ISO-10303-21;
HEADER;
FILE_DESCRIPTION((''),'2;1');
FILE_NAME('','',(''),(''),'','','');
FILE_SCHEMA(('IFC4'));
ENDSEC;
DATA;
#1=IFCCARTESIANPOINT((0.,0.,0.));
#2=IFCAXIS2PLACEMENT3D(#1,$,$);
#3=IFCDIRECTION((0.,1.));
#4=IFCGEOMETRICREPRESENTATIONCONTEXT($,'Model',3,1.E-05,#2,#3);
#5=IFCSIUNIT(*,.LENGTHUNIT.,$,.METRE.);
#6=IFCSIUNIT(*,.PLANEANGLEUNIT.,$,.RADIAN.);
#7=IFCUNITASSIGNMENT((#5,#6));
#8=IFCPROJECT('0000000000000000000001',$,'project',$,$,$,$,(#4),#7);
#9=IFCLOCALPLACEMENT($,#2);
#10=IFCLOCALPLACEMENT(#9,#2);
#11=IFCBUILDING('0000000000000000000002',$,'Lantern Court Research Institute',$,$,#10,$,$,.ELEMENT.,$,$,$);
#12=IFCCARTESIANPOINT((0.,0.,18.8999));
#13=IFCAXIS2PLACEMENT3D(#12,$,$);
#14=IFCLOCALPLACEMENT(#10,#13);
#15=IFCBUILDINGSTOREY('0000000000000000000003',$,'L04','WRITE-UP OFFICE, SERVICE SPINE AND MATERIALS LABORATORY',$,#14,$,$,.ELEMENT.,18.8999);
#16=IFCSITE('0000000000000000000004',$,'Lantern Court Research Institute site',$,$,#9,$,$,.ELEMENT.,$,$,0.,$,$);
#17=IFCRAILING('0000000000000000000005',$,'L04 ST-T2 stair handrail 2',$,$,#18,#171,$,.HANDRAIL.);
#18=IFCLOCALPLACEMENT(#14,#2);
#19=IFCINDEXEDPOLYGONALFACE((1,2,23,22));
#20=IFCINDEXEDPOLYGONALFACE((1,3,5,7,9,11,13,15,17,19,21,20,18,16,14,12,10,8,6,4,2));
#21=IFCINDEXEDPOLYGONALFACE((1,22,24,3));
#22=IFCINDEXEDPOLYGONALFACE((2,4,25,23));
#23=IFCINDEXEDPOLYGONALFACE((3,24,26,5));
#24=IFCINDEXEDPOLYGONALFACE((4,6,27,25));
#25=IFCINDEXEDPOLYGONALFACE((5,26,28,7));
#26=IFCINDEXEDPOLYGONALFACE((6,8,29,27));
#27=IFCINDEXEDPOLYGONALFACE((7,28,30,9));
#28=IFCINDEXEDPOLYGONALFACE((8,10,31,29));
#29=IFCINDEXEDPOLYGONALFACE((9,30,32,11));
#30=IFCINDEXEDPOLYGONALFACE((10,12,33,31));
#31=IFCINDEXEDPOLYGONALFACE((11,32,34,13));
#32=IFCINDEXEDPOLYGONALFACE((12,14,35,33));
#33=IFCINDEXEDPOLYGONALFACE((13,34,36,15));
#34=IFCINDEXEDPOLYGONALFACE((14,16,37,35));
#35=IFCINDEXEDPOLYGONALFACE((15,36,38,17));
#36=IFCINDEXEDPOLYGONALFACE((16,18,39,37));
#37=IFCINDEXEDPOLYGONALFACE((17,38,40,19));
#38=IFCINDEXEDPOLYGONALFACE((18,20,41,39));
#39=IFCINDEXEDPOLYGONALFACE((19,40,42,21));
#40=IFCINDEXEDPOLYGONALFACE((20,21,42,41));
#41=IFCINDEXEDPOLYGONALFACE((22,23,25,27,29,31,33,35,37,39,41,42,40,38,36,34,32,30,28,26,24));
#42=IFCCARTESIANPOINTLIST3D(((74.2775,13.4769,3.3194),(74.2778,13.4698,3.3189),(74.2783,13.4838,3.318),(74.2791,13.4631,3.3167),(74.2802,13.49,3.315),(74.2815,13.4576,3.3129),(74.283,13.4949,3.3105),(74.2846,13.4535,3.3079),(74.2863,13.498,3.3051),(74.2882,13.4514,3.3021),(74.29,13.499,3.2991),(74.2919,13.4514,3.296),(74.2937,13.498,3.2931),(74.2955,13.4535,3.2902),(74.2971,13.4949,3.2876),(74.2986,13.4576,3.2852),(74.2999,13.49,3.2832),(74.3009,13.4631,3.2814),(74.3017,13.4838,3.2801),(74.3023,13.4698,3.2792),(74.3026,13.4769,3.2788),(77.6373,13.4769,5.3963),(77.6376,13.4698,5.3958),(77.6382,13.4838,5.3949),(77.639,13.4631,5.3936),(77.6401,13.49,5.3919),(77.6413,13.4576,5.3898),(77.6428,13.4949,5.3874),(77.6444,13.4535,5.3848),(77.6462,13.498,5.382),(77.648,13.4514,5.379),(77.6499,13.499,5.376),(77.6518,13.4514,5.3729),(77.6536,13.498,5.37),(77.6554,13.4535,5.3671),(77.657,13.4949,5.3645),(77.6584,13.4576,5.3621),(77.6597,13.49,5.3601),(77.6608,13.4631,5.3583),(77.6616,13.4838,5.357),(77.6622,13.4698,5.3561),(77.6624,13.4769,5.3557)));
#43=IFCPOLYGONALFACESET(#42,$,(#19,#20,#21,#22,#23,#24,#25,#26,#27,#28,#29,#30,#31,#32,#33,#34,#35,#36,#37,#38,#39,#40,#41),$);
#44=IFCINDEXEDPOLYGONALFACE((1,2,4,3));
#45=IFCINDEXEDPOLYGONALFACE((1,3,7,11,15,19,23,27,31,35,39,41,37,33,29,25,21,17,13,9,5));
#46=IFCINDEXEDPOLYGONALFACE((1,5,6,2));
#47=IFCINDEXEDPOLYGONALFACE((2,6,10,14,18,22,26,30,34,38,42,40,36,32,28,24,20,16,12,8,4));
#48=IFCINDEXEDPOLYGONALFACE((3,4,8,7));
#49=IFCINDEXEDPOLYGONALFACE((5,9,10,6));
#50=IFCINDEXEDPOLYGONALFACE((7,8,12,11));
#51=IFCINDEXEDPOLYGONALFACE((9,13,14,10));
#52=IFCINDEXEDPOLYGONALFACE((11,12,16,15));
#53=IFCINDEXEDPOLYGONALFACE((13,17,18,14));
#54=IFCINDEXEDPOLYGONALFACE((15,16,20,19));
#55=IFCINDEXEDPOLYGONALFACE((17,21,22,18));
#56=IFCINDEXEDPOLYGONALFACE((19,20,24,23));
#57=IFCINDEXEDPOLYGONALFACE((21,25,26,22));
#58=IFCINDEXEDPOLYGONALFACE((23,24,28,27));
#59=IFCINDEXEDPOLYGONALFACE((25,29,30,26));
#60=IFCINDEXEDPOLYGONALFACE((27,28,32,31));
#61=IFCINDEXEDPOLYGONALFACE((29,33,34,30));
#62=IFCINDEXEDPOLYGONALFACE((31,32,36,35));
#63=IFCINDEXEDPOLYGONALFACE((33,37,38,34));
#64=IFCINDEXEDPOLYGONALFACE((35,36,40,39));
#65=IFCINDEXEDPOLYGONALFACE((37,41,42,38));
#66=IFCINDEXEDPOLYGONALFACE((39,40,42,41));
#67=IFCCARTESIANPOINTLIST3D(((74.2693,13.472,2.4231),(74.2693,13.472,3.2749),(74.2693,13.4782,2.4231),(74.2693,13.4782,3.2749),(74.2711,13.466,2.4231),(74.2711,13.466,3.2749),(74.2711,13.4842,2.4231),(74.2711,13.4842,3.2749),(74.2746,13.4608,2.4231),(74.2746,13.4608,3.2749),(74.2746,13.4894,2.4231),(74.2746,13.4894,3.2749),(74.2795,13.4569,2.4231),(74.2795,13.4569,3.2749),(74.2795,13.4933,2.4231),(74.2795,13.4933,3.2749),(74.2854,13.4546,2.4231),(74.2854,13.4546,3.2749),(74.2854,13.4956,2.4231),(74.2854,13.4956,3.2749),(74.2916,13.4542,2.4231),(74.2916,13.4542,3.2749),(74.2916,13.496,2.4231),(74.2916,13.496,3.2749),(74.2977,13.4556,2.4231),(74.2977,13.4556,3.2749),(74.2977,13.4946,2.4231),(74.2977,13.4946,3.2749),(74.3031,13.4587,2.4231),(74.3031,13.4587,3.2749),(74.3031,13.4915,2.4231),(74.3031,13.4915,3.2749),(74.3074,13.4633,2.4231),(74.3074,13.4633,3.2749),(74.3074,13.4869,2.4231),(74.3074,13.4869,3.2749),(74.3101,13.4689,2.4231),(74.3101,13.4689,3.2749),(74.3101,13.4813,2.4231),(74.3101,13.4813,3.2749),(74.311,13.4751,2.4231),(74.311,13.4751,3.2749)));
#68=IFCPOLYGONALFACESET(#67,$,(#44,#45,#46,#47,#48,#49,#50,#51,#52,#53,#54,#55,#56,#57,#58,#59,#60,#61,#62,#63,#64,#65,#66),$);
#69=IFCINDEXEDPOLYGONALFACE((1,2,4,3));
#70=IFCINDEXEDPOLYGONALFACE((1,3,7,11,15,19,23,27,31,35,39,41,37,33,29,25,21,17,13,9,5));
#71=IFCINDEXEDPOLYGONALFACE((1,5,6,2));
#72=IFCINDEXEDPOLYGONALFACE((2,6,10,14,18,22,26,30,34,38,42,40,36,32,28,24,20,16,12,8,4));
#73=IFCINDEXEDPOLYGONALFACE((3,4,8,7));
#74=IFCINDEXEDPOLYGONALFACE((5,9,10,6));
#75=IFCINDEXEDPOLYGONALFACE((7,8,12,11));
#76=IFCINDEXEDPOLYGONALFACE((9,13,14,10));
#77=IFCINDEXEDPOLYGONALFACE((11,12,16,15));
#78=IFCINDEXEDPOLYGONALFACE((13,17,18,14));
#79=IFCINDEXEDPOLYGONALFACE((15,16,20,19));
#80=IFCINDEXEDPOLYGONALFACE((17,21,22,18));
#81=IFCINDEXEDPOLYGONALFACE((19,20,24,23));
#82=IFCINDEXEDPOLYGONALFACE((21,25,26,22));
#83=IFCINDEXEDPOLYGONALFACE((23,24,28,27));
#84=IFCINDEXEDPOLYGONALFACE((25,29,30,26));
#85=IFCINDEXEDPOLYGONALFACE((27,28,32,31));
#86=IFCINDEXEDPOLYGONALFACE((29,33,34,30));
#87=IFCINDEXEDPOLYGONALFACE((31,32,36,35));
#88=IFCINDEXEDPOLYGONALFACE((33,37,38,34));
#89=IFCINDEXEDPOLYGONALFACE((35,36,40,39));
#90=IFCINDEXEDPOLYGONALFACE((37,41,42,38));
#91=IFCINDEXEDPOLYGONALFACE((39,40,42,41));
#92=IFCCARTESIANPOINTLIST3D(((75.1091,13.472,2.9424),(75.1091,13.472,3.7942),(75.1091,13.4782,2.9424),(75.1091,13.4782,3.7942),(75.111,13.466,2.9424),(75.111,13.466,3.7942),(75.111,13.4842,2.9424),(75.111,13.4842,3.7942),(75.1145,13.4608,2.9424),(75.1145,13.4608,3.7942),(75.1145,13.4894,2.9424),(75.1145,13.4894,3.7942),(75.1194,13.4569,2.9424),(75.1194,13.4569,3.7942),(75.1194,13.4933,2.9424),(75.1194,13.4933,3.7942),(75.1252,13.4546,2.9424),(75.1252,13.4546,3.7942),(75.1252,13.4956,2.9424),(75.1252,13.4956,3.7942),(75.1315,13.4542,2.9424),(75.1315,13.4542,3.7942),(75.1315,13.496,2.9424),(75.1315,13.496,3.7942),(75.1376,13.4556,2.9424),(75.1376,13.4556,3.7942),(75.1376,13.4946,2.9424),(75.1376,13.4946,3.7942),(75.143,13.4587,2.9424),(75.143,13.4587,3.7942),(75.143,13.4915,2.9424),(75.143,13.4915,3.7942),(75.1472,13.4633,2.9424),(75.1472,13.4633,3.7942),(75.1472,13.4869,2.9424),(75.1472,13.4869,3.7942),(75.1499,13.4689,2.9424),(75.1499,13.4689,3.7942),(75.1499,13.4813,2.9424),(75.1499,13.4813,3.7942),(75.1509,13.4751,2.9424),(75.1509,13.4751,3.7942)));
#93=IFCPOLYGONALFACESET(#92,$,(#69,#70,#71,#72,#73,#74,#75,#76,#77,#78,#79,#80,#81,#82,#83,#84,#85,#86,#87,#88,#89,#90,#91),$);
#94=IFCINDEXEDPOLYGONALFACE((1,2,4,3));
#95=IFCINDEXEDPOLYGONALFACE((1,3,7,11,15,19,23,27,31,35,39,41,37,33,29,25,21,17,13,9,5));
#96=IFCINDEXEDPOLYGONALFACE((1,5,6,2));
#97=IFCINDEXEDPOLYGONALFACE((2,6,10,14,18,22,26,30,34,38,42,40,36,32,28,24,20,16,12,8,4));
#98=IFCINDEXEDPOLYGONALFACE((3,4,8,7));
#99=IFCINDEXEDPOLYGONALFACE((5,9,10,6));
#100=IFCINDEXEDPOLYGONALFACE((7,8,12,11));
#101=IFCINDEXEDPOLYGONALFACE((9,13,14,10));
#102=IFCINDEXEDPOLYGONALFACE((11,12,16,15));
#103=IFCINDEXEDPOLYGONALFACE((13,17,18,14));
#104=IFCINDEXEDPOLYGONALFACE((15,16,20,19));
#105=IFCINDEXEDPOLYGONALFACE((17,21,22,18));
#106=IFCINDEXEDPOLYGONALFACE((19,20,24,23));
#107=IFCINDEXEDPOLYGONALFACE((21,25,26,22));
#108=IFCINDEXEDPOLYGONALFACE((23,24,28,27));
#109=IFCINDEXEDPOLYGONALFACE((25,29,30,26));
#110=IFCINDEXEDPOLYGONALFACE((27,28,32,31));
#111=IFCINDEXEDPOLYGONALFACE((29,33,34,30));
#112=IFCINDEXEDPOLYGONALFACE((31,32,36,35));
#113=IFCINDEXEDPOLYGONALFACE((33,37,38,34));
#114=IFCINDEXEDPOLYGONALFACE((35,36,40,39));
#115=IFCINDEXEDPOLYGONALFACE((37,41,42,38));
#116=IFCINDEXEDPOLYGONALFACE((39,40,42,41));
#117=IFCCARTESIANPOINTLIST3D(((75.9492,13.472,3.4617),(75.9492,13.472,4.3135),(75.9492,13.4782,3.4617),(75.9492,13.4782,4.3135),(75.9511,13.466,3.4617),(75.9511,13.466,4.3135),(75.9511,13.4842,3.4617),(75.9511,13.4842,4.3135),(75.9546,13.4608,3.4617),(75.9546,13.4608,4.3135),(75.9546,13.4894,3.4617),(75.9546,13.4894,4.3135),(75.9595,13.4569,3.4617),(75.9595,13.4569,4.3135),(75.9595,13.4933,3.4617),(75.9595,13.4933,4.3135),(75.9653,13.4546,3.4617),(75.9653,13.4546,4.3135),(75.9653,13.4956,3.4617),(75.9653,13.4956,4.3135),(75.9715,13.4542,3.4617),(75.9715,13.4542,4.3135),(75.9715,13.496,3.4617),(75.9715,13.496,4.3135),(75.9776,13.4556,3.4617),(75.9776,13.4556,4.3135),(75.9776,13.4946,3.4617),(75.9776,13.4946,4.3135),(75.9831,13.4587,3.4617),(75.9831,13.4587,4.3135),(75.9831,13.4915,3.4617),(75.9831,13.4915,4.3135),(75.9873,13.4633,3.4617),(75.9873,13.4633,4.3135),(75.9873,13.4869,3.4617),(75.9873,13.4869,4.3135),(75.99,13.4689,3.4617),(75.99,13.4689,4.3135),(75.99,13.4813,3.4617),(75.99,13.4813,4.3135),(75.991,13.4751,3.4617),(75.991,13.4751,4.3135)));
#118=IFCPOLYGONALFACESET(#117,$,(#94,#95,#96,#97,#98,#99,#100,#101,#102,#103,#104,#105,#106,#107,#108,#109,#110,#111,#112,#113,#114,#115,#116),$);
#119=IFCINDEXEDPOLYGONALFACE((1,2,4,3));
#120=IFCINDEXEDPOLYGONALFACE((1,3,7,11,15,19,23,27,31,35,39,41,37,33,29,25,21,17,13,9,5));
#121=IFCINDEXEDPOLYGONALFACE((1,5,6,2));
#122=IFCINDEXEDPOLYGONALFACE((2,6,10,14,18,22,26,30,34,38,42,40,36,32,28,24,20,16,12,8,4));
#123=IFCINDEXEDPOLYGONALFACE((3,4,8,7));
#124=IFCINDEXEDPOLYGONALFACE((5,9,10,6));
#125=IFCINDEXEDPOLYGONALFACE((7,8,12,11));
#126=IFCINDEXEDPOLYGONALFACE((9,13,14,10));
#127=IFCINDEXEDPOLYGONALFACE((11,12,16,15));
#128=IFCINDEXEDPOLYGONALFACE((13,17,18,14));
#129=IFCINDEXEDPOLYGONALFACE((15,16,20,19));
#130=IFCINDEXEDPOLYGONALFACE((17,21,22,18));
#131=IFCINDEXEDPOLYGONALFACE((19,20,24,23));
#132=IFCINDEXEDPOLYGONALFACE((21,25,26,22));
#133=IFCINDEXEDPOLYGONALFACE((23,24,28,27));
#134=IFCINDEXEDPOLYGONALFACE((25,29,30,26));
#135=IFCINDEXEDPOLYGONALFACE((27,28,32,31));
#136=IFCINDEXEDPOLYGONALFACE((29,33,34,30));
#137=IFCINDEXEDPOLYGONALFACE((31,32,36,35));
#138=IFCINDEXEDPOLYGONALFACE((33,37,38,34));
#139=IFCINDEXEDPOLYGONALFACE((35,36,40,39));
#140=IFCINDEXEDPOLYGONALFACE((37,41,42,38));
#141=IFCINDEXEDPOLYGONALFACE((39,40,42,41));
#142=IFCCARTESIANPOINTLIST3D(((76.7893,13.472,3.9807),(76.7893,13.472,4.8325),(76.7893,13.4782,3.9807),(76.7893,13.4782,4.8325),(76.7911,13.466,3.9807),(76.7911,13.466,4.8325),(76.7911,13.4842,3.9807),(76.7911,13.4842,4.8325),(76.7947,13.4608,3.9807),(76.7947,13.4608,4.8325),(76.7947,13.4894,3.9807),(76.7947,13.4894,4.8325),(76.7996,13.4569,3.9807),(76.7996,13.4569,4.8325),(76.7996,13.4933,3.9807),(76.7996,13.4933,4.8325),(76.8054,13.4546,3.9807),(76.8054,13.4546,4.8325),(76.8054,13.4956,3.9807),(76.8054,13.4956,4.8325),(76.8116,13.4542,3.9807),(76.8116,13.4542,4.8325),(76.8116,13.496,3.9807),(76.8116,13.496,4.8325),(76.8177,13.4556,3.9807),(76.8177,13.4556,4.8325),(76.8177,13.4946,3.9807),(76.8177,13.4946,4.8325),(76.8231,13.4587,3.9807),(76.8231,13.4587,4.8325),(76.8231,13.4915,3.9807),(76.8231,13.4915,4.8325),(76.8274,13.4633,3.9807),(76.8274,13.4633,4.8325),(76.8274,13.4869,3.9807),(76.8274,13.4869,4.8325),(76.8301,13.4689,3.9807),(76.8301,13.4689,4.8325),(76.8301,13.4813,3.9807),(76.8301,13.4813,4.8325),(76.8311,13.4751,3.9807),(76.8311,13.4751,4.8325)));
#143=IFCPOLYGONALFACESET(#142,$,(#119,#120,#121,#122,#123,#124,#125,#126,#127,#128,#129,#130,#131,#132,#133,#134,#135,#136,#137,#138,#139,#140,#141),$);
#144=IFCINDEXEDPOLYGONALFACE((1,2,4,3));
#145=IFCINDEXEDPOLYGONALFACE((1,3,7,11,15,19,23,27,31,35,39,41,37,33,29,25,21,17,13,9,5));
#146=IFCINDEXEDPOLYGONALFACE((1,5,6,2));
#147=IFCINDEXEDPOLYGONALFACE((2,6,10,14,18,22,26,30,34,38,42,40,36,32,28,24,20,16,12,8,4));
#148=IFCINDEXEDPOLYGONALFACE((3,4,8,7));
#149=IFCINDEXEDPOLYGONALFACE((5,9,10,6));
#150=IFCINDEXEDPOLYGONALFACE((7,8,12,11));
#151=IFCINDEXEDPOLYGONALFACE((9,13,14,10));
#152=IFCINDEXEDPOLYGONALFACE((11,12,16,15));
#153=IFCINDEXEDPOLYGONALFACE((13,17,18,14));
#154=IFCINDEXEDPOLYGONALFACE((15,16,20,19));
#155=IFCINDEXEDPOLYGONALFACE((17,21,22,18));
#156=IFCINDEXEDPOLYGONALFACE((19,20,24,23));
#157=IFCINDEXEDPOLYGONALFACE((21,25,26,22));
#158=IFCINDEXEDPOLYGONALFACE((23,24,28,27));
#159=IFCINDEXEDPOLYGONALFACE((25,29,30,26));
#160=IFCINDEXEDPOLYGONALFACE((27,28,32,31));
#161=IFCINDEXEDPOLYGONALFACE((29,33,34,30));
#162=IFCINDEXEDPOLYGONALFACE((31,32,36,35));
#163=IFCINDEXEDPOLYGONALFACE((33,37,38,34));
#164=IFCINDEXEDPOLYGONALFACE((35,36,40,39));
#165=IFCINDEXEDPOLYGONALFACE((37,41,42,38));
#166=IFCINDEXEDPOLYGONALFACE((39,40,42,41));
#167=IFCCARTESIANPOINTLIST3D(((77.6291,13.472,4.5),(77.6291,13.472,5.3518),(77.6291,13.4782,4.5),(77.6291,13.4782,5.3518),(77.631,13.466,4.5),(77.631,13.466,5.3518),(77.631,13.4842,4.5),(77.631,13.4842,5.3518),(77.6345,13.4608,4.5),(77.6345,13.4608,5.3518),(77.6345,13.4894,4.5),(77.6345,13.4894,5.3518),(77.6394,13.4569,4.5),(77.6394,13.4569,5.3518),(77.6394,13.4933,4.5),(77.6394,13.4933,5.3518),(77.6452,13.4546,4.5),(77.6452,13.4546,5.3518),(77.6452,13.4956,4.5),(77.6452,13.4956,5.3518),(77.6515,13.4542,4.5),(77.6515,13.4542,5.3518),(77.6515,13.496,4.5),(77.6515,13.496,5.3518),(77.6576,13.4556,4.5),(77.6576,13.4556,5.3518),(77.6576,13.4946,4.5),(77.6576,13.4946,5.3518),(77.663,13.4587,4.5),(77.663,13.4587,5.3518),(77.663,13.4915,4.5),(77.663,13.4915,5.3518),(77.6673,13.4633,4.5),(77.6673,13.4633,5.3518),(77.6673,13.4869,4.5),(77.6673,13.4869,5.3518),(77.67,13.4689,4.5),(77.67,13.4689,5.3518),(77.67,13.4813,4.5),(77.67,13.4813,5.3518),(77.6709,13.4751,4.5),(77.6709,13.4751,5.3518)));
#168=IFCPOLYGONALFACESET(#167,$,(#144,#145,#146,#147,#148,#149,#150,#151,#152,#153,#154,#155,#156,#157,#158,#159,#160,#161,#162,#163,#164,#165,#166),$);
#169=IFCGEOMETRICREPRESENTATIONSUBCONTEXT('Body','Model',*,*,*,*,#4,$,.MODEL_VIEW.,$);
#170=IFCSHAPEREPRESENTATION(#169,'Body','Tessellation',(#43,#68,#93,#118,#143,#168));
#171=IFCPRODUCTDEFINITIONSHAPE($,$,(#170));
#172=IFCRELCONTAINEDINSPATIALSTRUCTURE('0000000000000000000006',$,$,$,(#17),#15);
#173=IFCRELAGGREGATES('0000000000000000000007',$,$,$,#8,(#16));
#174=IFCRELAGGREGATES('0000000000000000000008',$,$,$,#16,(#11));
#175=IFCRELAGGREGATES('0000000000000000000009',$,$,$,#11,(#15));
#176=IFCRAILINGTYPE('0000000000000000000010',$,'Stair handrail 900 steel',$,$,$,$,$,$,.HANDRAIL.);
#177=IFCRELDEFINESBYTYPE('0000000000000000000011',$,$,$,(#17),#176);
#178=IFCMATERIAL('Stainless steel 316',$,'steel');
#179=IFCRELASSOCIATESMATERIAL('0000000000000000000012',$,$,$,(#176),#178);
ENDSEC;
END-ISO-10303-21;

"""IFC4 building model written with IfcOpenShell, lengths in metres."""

from ifc_helpers import new_model, si_unit, direction, frame, origin, origin_2d, place, context, subcontext, project, spatial, circle, extrude, material, type_object, element, save


model = new_model("IFC4")

# Units and contexts
model_context = context("Model", 3, precision=1e-05, world=origin(), true_north=direction((0.0, 1.0)))
body_context = subcontext(model_context, "Body", "Model", "MODEL_VIEW")
ifc_project = project(units=[si_unit("LENGTHUNIT", "METRE"), si_unit("PLANEANGLEUNIT", "RADIAN")], contexts=[model_context])

# Site, building, storey
site_placement = place(None, origin())
site = spatial("IfcSite", under=ifc_project, at=site_placement, Name="Lantern Court Research Institute site", CompositionType="ELEMENT", RefElevation=0.0)
building_placement = place(site_placement, origin())
building = spatial("IfcBuilding", under=site, at=building_placement, Name="Lantern Court Research Institute", CompositionType="ELEMENT")
storey_placement = place(building_placement, frame((0.0, 0.0, 18.8999)))
storey = spatial("IfcBuildingStorey", under=building, at=storey_placement, Name="L04", Description="WRITE-UP OFFICE, SERVICE SPINE AND MATERIALS LABORATORY", CompositionType="ELEMENT", Elevation=18.8999)

# Railing
ifc_material_1 = material(Name="Stainless steel 316", Category="steel")
railing_type = type_object("IfcRailingType", Name="Stair handrail 900 steel", PredefinedType="HANDRAIL", material=ifc_material_1)
railing_placement = place(storey_placement, frame((74.29, 13.4751, 2.4231)))
element("IfcRailing", 1, at=railing_placement, inside=storey, type_object=railing_type, Name="L04 ST-T2 stair handrail 2", PredefinedType="HANDRAIL", context=body_context, shape_type="SweptSolid", body=[
    extrude(circle(Radius=0.0239, at=origin_2d()), frame((0.0, 0.0, 0.876), z_axis=(0.850606, 0.0, 0.525803), x_axis=(0.0, 1.0, 0.0)), (0.0, 0.0, 1.0), 3.95),
    extrude(circle(Radius=0.021, at=origin_2d()), origin(), (0.0, 0.0, 1.0), 0.8518),
    extrude(circle(Radius=0.021, at=origin_2d()), frame((0.8398, 0.0, 0.5193)), (0.0, 0.0, 1.0), 0.8518),
    extrude(circle(Radius=0.021, at=origin_2d()), frame((1.6799, 0.0, 1.0386)), (0.0, 0.0, 1.0), 0.8518),
    extrude(circle(Radius=0.021, at=origin_2d()), frame((2.52, 0.0, 1.5576)), (0.0, 0.0, 1.0), 0.8518),
    extrude(circle(Radius=0.021, at=origin_2d()), frame((3.3599, 0.0, 2.0769)), (0.0, 0.0, 1.0), 0.8518),
])

save(model, "model.ifc")
